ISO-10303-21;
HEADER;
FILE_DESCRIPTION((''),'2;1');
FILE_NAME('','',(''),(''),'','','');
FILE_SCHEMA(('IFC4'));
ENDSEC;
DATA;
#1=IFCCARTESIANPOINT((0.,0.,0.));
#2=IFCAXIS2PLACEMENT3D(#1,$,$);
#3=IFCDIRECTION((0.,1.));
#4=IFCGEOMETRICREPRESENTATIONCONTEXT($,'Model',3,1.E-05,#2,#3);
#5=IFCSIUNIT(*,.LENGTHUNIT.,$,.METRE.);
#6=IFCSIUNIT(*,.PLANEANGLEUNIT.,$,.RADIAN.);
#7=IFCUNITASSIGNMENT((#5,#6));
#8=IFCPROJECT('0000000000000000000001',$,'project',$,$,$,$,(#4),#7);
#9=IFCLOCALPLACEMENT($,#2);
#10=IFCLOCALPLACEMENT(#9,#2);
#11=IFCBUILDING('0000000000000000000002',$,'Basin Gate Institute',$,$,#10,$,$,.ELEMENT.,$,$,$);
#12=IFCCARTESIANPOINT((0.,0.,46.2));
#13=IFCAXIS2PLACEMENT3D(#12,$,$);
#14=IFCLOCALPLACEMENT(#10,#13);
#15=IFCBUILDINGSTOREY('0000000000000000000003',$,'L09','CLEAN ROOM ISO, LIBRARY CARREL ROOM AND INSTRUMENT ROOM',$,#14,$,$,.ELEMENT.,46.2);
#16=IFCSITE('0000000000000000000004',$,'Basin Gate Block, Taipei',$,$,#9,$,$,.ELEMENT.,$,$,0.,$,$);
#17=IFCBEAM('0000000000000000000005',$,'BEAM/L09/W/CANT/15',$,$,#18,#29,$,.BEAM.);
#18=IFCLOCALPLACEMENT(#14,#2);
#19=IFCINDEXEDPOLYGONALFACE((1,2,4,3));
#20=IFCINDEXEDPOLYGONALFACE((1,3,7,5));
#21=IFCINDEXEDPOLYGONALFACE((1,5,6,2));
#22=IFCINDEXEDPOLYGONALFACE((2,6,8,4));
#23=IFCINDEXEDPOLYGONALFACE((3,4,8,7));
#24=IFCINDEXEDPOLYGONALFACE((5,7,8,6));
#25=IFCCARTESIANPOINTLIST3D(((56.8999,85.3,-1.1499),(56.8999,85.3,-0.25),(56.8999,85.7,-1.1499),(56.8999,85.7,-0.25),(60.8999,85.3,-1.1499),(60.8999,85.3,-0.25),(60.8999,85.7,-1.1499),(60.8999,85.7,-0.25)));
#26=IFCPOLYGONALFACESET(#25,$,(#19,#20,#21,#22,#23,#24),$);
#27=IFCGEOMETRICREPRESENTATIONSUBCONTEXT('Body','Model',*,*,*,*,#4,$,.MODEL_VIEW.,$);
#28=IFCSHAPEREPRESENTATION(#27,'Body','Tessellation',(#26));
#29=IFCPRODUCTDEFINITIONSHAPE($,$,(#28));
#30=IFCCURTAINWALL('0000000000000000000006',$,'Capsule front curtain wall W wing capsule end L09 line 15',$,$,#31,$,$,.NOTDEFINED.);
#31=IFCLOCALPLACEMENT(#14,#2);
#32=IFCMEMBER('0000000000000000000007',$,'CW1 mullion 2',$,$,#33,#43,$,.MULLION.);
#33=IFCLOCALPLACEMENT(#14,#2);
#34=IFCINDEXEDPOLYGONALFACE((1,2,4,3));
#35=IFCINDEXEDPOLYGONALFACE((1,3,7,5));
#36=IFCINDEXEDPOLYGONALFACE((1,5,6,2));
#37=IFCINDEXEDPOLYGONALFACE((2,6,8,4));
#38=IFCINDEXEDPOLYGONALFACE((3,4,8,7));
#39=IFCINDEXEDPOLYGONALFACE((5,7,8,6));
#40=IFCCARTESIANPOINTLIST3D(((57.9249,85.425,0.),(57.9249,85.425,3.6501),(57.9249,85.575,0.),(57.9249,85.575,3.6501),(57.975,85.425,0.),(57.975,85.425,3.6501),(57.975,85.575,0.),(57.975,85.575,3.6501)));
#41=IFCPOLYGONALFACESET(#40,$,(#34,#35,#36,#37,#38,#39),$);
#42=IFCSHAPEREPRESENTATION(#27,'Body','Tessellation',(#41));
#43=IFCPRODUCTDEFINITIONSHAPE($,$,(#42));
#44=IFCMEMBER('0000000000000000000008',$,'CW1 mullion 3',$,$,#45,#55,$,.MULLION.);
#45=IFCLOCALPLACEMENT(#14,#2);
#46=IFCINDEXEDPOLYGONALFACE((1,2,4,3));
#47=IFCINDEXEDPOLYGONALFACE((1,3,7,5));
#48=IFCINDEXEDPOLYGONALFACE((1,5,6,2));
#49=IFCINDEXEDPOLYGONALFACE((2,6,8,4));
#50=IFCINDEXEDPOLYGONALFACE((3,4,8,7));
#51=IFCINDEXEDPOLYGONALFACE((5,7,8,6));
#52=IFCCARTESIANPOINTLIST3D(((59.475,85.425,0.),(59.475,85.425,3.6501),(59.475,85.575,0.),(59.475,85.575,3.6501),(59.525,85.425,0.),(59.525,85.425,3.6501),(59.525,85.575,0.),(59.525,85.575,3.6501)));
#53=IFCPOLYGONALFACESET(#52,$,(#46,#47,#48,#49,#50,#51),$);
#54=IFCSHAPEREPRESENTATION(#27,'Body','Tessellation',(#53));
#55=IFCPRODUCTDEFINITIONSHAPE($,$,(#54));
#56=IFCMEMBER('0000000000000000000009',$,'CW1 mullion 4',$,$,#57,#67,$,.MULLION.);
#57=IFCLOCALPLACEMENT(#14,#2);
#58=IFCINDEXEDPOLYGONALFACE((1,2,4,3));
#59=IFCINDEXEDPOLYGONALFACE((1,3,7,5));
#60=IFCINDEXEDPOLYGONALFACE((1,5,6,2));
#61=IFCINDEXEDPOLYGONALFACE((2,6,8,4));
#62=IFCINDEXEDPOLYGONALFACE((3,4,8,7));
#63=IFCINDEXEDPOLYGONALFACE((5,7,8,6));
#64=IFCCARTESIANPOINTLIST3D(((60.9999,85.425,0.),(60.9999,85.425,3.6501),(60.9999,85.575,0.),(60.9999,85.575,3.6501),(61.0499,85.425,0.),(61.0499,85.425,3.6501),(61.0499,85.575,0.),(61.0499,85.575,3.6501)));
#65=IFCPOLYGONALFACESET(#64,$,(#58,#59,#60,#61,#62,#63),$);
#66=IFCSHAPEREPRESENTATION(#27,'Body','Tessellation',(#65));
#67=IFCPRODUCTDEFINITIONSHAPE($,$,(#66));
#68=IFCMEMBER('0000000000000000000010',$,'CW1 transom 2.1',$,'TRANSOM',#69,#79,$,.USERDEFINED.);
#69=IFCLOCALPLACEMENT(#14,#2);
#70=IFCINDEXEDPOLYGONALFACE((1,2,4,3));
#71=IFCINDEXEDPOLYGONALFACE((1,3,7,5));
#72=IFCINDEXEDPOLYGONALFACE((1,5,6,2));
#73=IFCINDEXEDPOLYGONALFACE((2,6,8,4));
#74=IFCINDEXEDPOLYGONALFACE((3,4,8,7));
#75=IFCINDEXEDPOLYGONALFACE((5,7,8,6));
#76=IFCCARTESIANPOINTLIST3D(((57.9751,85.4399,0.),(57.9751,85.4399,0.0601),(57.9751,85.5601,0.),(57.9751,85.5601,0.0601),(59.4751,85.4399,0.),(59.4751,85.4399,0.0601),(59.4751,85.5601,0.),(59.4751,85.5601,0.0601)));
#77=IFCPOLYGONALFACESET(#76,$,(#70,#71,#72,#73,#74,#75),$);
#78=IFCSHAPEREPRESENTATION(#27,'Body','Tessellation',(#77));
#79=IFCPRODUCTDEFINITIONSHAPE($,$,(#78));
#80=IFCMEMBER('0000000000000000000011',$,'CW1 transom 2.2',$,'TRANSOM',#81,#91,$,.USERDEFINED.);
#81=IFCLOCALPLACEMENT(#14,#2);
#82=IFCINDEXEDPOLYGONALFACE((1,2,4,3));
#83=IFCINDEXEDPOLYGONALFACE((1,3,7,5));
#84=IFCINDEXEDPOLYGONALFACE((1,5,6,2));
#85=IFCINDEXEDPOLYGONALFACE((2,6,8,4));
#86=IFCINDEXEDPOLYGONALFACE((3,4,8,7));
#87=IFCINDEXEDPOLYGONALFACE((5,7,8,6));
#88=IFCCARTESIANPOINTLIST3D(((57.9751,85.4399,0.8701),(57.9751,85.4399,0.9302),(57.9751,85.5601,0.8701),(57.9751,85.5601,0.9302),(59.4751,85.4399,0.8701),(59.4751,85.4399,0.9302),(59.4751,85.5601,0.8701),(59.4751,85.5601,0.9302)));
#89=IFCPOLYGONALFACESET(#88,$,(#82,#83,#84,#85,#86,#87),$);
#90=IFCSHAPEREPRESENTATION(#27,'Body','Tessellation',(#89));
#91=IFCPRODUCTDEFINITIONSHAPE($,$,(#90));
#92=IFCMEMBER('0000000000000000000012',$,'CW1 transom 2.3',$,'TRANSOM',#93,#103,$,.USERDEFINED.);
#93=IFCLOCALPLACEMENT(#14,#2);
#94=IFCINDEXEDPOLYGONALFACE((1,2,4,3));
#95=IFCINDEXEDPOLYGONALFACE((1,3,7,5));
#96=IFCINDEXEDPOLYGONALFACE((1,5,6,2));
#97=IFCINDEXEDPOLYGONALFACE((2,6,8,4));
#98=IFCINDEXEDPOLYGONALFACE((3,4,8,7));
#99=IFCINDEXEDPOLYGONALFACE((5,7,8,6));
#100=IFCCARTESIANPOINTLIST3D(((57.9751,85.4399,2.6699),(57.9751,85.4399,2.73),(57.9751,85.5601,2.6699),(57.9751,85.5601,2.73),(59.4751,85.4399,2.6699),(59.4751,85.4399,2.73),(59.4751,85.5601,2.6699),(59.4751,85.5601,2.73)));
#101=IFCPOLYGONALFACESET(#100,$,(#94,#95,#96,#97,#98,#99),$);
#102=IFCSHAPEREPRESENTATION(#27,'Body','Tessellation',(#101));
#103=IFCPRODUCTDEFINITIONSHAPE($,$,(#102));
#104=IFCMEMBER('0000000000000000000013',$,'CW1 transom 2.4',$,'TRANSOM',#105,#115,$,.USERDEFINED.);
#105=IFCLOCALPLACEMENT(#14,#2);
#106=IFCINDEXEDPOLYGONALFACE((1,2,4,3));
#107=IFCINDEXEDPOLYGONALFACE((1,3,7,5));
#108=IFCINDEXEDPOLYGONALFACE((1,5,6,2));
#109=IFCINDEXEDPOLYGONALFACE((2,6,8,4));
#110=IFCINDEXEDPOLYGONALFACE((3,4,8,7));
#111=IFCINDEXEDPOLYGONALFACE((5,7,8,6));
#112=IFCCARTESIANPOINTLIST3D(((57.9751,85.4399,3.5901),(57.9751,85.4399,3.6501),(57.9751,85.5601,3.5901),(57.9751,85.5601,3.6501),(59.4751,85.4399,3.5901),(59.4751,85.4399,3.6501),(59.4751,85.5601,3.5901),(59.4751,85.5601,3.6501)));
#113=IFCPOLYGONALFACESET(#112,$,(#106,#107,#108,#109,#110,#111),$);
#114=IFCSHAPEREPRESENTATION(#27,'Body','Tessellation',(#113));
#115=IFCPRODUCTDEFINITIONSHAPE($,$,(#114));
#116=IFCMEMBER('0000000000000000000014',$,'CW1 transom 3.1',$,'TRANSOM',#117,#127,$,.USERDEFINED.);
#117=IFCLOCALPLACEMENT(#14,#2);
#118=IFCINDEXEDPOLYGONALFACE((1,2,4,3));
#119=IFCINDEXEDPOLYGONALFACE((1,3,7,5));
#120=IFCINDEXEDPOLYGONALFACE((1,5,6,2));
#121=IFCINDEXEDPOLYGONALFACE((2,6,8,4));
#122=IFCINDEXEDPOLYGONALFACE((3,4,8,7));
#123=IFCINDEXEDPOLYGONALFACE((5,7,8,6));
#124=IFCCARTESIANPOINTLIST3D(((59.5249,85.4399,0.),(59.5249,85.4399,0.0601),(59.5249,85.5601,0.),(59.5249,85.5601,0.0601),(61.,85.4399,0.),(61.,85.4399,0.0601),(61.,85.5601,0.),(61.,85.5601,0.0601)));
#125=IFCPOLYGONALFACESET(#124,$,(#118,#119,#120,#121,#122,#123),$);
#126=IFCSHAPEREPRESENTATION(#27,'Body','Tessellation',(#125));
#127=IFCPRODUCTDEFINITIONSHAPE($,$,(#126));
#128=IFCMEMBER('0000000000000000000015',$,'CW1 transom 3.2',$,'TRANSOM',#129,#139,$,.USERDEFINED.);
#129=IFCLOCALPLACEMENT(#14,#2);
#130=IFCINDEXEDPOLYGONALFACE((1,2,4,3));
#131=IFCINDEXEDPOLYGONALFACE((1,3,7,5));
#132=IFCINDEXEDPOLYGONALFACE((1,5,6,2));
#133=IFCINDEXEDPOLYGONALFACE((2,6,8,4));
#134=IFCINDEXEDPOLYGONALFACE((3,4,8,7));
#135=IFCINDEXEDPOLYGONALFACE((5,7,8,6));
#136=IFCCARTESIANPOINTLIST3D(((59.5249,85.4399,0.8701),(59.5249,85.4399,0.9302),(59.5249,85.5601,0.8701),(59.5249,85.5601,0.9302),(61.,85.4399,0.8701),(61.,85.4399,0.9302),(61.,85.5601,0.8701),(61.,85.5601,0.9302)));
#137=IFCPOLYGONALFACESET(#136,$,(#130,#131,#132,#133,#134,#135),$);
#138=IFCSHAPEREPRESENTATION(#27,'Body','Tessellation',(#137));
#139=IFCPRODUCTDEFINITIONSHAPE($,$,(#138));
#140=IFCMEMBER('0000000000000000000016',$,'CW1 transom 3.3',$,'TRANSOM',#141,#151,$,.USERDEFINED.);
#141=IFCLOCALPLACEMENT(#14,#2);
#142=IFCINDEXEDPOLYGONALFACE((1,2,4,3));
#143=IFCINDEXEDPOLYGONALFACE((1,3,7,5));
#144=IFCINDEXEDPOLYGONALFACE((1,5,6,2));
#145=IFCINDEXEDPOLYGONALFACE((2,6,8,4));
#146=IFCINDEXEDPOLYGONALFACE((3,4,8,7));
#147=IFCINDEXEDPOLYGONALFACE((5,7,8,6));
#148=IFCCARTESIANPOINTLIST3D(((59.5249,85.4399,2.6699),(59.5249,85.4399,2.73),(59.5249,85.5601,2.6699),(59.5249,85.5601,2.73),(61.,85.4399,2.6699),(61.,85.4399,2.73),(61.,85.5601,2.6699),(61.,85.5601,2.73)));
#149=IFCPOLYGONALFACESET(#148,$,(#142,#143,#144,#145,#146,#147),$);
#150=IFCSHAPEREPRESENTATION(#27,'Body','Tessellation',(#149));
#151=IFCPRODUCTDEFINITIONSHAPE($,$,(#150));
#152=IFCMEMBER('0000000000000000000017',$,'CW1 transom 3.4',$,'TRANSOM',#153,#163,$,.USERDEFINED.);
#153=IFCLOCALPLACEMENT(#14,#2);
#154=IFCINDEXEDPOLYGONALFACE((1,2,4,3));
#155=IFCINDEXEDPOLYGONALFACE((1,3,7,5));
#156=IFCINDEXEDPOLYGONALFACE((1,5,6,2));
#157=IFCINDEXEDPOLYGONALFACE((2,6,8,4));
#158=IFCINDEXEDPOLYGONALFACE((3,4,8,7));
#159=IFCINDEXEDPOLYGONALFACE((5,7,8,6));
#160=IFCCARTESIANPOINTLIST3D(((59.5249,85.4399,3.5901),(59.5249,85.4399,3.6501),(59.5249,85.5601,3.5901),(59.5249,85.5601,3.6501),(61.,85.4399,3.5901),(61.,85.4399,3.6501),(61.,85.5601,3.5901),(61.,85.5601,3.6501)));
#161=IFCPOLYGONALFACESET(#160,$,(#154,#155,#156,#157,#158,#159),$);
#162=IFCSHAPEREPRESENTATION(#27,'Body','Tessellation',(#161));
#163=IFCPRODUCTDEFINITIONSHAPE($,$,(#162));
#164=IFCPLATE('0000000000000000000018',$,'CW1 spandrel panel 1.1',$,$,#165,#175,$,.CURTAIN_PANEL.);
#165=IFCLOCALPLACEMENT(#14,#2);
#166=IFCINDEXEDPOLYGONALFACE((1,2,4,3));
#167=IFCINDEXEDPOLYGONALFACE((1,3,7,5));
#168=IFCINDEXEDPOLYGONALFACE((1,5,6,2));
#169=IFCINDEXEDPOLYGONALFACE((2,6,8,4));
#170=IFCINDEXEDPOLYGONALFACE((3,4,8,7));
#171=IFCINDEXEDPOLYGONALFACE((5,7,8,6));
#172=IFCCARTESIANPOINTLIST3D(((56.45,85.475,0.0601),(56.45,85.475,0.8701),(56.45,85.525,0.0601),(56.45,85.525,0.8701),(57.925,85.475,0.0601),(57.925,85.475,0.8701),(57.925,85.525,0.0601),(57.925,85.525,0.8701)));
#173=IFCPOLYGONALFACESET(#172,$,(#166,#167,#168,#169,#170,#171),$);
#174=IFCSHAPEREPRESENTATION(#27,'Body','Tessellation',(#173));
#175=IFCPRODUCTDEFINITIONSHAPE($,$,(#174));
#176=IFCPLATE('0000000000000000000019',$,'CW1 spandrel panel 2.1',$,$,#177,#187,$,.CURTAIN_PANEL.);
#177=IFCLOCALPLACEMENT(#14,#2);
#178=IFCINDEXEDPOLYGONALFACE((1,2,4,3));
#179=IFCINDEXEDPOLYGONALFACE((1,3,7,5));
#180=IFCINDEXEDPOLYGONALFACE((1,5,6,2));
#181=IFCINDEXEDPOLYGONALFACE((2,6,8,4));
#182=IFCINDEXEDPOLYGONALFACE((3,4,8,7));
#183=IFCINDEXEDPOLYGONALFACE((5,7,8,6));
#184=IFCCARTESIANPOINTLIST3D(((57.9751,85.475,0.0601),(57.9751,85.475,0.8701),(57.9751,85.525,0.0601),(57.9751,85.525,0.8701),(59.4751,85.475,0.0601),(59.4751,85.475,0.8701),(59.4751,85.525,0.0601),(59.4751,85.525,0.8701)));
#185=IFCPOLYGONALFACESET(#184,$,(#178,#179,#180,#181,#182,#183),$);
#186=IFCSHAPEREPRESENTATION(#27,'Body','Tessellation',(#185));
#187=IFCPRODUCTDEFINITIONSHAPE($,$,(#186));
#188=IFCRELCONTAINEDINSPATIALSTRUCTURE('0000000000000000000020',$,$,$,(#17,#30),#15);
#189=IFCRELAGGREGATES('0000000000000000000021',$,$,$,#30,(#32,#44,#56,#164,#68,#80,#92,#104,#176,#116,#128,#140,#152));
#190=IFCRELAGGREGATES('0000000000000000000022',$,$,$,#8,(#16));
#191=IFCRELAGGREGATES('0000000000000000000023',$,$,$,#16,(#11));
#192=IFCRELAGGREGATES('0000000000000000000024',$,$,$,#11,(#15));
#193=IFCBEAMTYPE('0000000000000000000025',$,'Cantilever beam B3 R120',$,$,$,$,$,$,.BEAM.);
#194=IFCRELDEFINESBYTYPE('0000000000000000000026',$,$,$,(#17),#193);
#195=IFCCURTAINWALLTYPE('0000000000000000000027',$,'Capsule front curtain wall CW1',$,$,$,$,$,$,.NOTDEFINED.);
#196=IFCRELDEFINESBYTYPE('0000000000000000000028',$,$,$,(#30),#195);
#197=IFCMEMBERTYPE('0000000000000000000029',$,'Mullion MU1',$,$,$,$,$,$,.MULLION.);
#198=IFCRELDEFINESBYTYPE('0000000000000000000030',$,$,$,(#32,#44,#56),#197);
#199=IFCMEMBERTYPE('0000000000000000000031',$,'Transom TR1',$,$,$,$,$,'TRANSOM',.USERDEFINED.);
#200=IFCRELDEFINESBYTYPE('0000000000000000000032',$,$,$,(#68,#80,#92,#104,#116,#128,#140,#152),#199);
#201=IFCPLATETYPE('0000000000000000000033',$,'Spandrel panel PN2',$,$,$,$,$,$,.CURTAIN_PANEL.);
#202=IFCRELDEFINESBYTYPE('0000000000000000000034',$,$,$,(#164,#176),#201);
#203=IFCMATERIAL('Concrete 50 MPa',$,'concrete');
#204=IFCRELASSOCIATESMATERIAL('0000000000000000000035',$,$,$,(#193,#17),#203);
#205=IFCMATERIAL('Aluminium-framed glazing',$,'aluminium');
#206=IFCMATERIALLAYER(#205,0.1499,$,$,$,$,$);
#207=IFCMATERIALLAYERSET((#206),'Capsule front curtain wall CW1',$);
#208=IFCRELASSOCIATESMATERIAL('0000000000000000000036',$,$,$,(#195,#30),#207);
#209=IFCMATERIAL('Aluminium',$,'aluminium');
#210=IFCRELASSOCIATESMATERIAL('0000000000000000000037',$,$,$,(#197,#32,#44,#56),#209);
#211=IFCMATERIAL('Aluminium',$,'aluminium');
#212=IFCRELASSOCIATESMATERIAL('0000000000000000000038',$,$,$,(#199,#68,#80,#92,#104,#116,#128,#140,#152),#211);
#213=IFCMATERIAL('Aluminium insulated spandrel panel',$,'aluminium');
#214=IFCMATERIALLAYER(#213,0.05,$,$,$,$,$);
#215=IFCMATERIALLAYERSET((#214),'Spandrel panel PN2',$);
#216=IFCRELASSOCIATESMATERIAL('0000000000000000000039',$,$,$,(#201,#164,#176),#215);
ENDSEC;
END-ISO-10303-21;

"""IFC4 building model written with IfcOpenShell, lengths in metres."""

from ifc_helpers import new_model, si_unit, direction, frame, origin, origin_2d, place, context, subcontext, project, spatial, rectangle, extrude, material, layer, layer_set, material_profile, profile_set, type_object, element, aggregate, save


model = new_model("IFC4")

# Units and contexts
model_context = context("Model", 3, precision=1e-05, world=origin(), true_north=direction((0.0, 1.0)))
body_context = subcontext(model_context, "Body", "Model", "MODEL_VIEW")
ifc_project = project(units=[si_unit("LENGTHUNIT", "METRE"), si_unit("PLANEANGLEUNIT", "RADIAN")], contexts=[model_context])

# Site, building, storey
site_placement = place(None, origin())
site = spatial("IfcSite", under=ifc_project, at=site_placement, Name="Basin Gate Block, Taipei", CompositionType="ELEMENT", RefElevation=0.0)
building_placement = place(site_placement, origin())
building = spatial("IfcBuilding", under=site, at=building_placement, Name="Basin Gate Institute", CompositionType="ELEMENT")
storey_placement = place(building_placement, frame((0.0, 0.0, 46.2)))
storey = spatial("IfcBuildingStorey", under=building, at=storey_placement, Name="L09", Description="CLEAN ROOM ISO, LIBRARY CARREL ROOM AND INSTRUMENT ROOM", CompositionType="ELEMENT", Elevation=46.2)

# Beam
ifc_material_1 = material(Name="Concrete 50 MPa", Category="concrete")
ifc_material_profile_1 = material_profile(ifc_material_1, rectangle(XDim=0.3999, YDim=0.8999, at=origin_2d()), Name="Cantilever beam B3 400 x 900")
ifc_profile_set_1 = profile_set([ifc_material_profile_1], Name="Concrete 50 MPa")
beam_type = type_object("IfcBeamType", Name="Cantilever beam B3 R120", PredefinedType="BEAM", material=ifc_profile_set_1)
beam_placement = place(storey_placement, frame((56.8999, 85.5, -0.7), z_axis=(1.0, 0.0, 0.0), x_axis=(0.0, 1.0, 0.0)))
element("IfcBeam", 1, at=beam_placement, inside=storey, type_object=beam_type, material=ifc_profile_set_1, Name="BEAM/L09/W/CANT/15", PredefinedType="BEAM", context=body_context, shape_type="SweptSolid", body=[
    extrude(rectangle(XDim=0.3999, YDim=0.8999, at=origin_2d()), origin(), (0.0, 0.0, 1.0), 4.0),
])

# Curtain wall, members, plates
ifc_material_2 = material(Name="Aluminium-framed glazing", Category="aluminium")
ifc_layer_1 = layer(ifc_material_2, 0.1499)
ifc_layer_set_1 = layer_set([ifc_layer_1], Name="Capsule front curtain wall CW1")
curtain_wall_type = type_object("IfcCurtainWallType", Name="Capsule front curtain wall CW1", PredefinedType="NOTDEFINED", material=ifc_layer_set_1)
curtain_wall_placement = place(storey_placement, origin())
curtain_wall = element("IfcCurtainWall", 2, at=curtain_wall_placement, inside=storey, type_object=curtain_wall_type, material=ifc_layer_set_1, Name="Capsule front curtain wall W wing capsule end L09 line 15", PredefinedType="NOTDEFINED")
ifc_material_3 = material(Name="Aluminium", Category="aluminium")
ifc_material_profile_2 = material_profile(ifc_material_3, rectangle(XDim=0.1499, YDim=0.05, at=origin_2d()), Name="Mullion MU1 150 x 50")
ifc_profile_set_2 = profile_set([ifc_material_profile_2], Name="Aluminium")
member_type_1 = type_object("IfcMemberType", Name="Mullion MU1", PredefinedType="MULLION", material=ifc_profile_set_2)
member_1_placement = place(storey_placement, frame((57.95, 85.5, 0.0), z_axis=(0.0, 0.0, 1.0), x_axis=(0.0, 1.0, 0.0)))
member_1 = element("IfcMember", 3, at=member_1_placement, type_object=member_type_1, material=ifc_profile_set_2, Name="CW1 mullion 2", PredefinedType="MULLION", context=body_context, shape_type="SweptSolid", body=[
    extrude(rectangle(XDim=0.1499, YDim=0.05, at=origin_2d()), origin(), (0.0, 0.0, 1.0), 3.6501),
])
member_2_placement = place(storey_placement, frame((59.5, 85.5, 0.0), z_axis=(0.0, 0.0, 1.0), x_axis=(0.0, 1.0, 0.0)))
member_2 = element("IfcMember", 4, at=member_2_placement, type_object=member_type_1, material=ifc_profile_set_2, Name="CW1 mullion 3", PredefinedType="MULLION", context=body_context, shape_type="SweptSolid", body=[
    extrude(rectangle(XDim=0.1499, YDim=0.05, at=origin_2d()), origin(), (0.0, 0.0, 1.0), 3.6501),
])
member_3_placement = place(storey_placement, frame((61.0249, 85.5, 0.0), z_axis=(0.0, 0.0, 1.0), x_axis=(0.0, 1.0, 0.0)))
member_3 = element("IfcMember", 5, at=member_3_placement, type_object=member_type_1, material=ifc_profile_set_2, Name="CW1 mullion 4", PredefinedType="MULLION", context=body_context, shape_type="SweptSolid", body=[
    extrude(rectangle(XDim=0.1499, YDim=0.05, at=origin_2d()), origin(), (0.0, 0.0, 1.0), 3.6501),
])
ifc_material_4 = material(Name="Aluminium", Category="aluminium")
ifc_material_profile_3 = material_profile(ifc_material_4, rectangle(XDim=0.1201, YDim=0.0601, at=origin_2d()), Name="Transom TR1 120 x 60")
ifc_profile_set_3 = profile_set([ifc_material_profile_3], Name="Aluminium")
member_type_2 = type_object("IfcMemberType", Name="Transom TR1", ElementType="TRANSOM", PredefinedType="USERDEFINED", material=ifc_profile_set_3)
member_4_placement = place(storey_placement, frame((57.9751, 85.5, 0.03), z_axis=(1.0, 0.0, 0.0), x_axis=(0.0, 1.0, 0.0)))
member_4 = element("IfcMember", 6, at=member_4_placement, type_object=member_type_2, material=ifc_profile_set_3, Name="CW1 transom 2.1", ObjectType="TRANSOM", PredefinedType="USERDEFINED", context=body_context, shape_type="SweptSolid", body=[
    extrude(rectangle(XDim=0.1201, YDim=0.0601, at=origin_2d()), origin(), (0.0, 0.0, 1.0), 1.5),
])
member_5_placement = place(storey_placement, frame((57.9751, 85.5, 0.9001), z_axis=(1.0, 0.0, 0.0), x_axis=(0.0, 1.0, 0.0)))
member_5 = element("IfcMember", 7, at=member_5_placement, type_object=member_type_2, material=ifc_profile_set_3, Name="CW1 transom 2.2", ObjectType="TRANSOM", PredefinedType="USERDEFINED", context=body_context, shape_type="SweptSolid", body=[
    extrude(rectangle(XDim=0.1201, YDim=0.0601, at=origin_2d()), origin(), (0.0, 0.0, 1.0), 1.5),
])
member_6_placement = place(storey_placement, frame((57.9751, 85.5, 2.7), z_axis=(1.0, 0.0, 0.0), x_axis=(0.0, 1.0, 0.0)))
member_6 = element("IfcMember", 8, at=member_6_placement, type_object=member_type_2, material=ifc_profile_set_3, Name="CW1 transom 2.3", ObjectType="TRANSOM", PredefinedType="USERDEFINED", context=body_context, shape_type="SweptSolid", body=[
    extrude(rectangle(XDim=0.1201, YDim=0.0601, at=origin_2d()), origin(), (0.0, 0.0, 1.0), 1.5),
])
member_7_placement = place(storey_placement, frame((57.9751, 85.5, 3.6201), z_axis=(1.0, 0.0, 0.0), x_axis=(0.0, 1.0, 0.0)))
member_7 = element("IfcMember", 9, at=member_7_placement, type_object=member_type_2, material=ifc_profile_set_3, Name="CW1 transom 2.4", ObjectType="TRANSOM", PredefinedType="USERDEFINED", context=body_context, shape_type="SweptSolid", body=[
    extrude(rectangle(XDim=0.1201, YDim=0.0601, at=origin_2d()), origin(), (0.0, 0.0, 1.0), 1.5),
])
member_8_placement = place(storey_placement, frame((59.5249, 85.5, 0.03), z_axis=(1.0, 0.0, 0.0), x_axis=(0.0, 1.0, 0.0)))
member_8 = element("IfcMember", 10, at=member_8_placement, type_object=member_type_2, material=ifc_profile_set_3, Name="CW1 transom 3.1", ObjectType="TRANSOM", PredefinedType="USERDEFINED", context=body_context, shape_type="SweptSolid", body=[
    extrude(rectangle(XDim=0.1201, YDim=0.0601, at=origin_2d()), origin(), (0.0, 0.0, 1.0), 1.4751),
])
member_9_placement = place(storey_placement, frame((59.5249, 85.5, 0.9001), z_axis=(1.0, 0.0, 0.0), x_axis=(0.0, 1.0, 0.0)))
member_9 = element("IfcMember", 11, at=member_9_placement, type_object=member_type_2, material=ifc_profile_set_3, Name="CW1 transom 3.2", ObjectType="TRANSOM", PredefinedType="USERDEFINED", context=body_context, shape_type="SweptSolid", body=[
    extrude(rectangle(XDim=0.1201, YDim=0.0601, at=origin_2d()), origin(), (0.0, 0.0, 1.0), 1.4751),
])
member_10_placement = place(storey_placement, frame((59.5249, 85.5, 2.7), z_axis=(1.0, 0.0, 0.0), x_axis=(0.0, 1.0, 0.0)))
member_10 = element("IfcMember", 12, at=member_10_placement, type_object=member_type_2, material=ifc_profile_set_3, Name="CW1 transom 3.3", ObjectType="TRANSOM", PredefinedType="USERDEFINED", context=body_context, shape_type="SweptSolid", body=[
    extrude(rectangle(XDim=0.1201, YDim=0.0601, at=origin_2d()), origin(), (0.0, 0.0, 1.0), 1.4751),
])
member_11_placement = place(storey_placement, frame((59.5249, 85.5, 3.6201), z_axis=(1.0, 0.0, 0.0), x_axis=(0.0, 1.0, 0.0)))
member_11 = element("IfcMember", 13, at=member_11_placement, type_object=member_type_2, material=ifc_profile_set_3, Name="CW1 transom 3.4", ObjectType="TRANSOM", PredefinedType="USERDEFINED", context=body_context, shape_type="SweptSolid", body=[
    extrude(rectangle(XDim=0.1201, YDim=0.0601, at=origin_2d()), origin(), (0.0, 0.0, 1.0), 1.4751),
])
ifc_material_5 = material(Name="Aluminium insulated spandrel panel", Category="aluminium")
ifc_layer_2 = layer(ifc_material_5, 0.05)
ifc_layer_set_2 = layer_set([ifc_layer_2], Name="Spandrel panel PN2")
plate_type_1 = type_object("IfcPlateType", Name="Spandrel panel PN2", PredefinedType="CURTAIN_PANEL", material=ifc_layer_set_2)
plate_1_placement = place(storey_placement, frame((57.1875, 85.5, 0.0601), z_axis=(0.0, 0.0, 1.0), x_axis=(1.0, 0.0, 0.0)))
plate_1 = element("IfcPlate", 14, at=plate_1_placement, type_object=plate_type_1, material=ifc_layer_set_2, Name="CW1 spandrel panel 1.1", PredefinedType="CURTAIN_PANEL", context=body_context, shape_type="SweptSolid", body=[
    extrude(rectangle(XDim=1.4751, YDim=0.05, at=origin_2d()), origin(), (0.0, 0.0, 1.0), 0.8101),
])
plate_2_placement = place(storey_placement, frame((58.7251, 85.5, 0.0601), z_axis=(0.0, 0.0, 1.0), x_axis=(1.0, 0.0, 0.0)))
plate_2 = element("IfcPlate", 15, at=plate_2_placement, type_object=plate_type_1, material=ifc_layer_set_2, Name="CW1 spandrel panel 2.1", PredefinedType="CURTAIN_PANEL", context=body_context, shape_type="SweptSolid", body=[
    extrude(rectangle(XDim=1.5, YDim=0.05, at=origin_2d()), origin(), (0.0, 0.0, 1.0), 0.8101),
])
aggregate(curtain_wall, [member_1, member_2, member_3, plate_1, member_4, member_5, member_6, member_7, plate_2, member_8, member_9, member_10, member_11])

save(model, "model.ifc")
